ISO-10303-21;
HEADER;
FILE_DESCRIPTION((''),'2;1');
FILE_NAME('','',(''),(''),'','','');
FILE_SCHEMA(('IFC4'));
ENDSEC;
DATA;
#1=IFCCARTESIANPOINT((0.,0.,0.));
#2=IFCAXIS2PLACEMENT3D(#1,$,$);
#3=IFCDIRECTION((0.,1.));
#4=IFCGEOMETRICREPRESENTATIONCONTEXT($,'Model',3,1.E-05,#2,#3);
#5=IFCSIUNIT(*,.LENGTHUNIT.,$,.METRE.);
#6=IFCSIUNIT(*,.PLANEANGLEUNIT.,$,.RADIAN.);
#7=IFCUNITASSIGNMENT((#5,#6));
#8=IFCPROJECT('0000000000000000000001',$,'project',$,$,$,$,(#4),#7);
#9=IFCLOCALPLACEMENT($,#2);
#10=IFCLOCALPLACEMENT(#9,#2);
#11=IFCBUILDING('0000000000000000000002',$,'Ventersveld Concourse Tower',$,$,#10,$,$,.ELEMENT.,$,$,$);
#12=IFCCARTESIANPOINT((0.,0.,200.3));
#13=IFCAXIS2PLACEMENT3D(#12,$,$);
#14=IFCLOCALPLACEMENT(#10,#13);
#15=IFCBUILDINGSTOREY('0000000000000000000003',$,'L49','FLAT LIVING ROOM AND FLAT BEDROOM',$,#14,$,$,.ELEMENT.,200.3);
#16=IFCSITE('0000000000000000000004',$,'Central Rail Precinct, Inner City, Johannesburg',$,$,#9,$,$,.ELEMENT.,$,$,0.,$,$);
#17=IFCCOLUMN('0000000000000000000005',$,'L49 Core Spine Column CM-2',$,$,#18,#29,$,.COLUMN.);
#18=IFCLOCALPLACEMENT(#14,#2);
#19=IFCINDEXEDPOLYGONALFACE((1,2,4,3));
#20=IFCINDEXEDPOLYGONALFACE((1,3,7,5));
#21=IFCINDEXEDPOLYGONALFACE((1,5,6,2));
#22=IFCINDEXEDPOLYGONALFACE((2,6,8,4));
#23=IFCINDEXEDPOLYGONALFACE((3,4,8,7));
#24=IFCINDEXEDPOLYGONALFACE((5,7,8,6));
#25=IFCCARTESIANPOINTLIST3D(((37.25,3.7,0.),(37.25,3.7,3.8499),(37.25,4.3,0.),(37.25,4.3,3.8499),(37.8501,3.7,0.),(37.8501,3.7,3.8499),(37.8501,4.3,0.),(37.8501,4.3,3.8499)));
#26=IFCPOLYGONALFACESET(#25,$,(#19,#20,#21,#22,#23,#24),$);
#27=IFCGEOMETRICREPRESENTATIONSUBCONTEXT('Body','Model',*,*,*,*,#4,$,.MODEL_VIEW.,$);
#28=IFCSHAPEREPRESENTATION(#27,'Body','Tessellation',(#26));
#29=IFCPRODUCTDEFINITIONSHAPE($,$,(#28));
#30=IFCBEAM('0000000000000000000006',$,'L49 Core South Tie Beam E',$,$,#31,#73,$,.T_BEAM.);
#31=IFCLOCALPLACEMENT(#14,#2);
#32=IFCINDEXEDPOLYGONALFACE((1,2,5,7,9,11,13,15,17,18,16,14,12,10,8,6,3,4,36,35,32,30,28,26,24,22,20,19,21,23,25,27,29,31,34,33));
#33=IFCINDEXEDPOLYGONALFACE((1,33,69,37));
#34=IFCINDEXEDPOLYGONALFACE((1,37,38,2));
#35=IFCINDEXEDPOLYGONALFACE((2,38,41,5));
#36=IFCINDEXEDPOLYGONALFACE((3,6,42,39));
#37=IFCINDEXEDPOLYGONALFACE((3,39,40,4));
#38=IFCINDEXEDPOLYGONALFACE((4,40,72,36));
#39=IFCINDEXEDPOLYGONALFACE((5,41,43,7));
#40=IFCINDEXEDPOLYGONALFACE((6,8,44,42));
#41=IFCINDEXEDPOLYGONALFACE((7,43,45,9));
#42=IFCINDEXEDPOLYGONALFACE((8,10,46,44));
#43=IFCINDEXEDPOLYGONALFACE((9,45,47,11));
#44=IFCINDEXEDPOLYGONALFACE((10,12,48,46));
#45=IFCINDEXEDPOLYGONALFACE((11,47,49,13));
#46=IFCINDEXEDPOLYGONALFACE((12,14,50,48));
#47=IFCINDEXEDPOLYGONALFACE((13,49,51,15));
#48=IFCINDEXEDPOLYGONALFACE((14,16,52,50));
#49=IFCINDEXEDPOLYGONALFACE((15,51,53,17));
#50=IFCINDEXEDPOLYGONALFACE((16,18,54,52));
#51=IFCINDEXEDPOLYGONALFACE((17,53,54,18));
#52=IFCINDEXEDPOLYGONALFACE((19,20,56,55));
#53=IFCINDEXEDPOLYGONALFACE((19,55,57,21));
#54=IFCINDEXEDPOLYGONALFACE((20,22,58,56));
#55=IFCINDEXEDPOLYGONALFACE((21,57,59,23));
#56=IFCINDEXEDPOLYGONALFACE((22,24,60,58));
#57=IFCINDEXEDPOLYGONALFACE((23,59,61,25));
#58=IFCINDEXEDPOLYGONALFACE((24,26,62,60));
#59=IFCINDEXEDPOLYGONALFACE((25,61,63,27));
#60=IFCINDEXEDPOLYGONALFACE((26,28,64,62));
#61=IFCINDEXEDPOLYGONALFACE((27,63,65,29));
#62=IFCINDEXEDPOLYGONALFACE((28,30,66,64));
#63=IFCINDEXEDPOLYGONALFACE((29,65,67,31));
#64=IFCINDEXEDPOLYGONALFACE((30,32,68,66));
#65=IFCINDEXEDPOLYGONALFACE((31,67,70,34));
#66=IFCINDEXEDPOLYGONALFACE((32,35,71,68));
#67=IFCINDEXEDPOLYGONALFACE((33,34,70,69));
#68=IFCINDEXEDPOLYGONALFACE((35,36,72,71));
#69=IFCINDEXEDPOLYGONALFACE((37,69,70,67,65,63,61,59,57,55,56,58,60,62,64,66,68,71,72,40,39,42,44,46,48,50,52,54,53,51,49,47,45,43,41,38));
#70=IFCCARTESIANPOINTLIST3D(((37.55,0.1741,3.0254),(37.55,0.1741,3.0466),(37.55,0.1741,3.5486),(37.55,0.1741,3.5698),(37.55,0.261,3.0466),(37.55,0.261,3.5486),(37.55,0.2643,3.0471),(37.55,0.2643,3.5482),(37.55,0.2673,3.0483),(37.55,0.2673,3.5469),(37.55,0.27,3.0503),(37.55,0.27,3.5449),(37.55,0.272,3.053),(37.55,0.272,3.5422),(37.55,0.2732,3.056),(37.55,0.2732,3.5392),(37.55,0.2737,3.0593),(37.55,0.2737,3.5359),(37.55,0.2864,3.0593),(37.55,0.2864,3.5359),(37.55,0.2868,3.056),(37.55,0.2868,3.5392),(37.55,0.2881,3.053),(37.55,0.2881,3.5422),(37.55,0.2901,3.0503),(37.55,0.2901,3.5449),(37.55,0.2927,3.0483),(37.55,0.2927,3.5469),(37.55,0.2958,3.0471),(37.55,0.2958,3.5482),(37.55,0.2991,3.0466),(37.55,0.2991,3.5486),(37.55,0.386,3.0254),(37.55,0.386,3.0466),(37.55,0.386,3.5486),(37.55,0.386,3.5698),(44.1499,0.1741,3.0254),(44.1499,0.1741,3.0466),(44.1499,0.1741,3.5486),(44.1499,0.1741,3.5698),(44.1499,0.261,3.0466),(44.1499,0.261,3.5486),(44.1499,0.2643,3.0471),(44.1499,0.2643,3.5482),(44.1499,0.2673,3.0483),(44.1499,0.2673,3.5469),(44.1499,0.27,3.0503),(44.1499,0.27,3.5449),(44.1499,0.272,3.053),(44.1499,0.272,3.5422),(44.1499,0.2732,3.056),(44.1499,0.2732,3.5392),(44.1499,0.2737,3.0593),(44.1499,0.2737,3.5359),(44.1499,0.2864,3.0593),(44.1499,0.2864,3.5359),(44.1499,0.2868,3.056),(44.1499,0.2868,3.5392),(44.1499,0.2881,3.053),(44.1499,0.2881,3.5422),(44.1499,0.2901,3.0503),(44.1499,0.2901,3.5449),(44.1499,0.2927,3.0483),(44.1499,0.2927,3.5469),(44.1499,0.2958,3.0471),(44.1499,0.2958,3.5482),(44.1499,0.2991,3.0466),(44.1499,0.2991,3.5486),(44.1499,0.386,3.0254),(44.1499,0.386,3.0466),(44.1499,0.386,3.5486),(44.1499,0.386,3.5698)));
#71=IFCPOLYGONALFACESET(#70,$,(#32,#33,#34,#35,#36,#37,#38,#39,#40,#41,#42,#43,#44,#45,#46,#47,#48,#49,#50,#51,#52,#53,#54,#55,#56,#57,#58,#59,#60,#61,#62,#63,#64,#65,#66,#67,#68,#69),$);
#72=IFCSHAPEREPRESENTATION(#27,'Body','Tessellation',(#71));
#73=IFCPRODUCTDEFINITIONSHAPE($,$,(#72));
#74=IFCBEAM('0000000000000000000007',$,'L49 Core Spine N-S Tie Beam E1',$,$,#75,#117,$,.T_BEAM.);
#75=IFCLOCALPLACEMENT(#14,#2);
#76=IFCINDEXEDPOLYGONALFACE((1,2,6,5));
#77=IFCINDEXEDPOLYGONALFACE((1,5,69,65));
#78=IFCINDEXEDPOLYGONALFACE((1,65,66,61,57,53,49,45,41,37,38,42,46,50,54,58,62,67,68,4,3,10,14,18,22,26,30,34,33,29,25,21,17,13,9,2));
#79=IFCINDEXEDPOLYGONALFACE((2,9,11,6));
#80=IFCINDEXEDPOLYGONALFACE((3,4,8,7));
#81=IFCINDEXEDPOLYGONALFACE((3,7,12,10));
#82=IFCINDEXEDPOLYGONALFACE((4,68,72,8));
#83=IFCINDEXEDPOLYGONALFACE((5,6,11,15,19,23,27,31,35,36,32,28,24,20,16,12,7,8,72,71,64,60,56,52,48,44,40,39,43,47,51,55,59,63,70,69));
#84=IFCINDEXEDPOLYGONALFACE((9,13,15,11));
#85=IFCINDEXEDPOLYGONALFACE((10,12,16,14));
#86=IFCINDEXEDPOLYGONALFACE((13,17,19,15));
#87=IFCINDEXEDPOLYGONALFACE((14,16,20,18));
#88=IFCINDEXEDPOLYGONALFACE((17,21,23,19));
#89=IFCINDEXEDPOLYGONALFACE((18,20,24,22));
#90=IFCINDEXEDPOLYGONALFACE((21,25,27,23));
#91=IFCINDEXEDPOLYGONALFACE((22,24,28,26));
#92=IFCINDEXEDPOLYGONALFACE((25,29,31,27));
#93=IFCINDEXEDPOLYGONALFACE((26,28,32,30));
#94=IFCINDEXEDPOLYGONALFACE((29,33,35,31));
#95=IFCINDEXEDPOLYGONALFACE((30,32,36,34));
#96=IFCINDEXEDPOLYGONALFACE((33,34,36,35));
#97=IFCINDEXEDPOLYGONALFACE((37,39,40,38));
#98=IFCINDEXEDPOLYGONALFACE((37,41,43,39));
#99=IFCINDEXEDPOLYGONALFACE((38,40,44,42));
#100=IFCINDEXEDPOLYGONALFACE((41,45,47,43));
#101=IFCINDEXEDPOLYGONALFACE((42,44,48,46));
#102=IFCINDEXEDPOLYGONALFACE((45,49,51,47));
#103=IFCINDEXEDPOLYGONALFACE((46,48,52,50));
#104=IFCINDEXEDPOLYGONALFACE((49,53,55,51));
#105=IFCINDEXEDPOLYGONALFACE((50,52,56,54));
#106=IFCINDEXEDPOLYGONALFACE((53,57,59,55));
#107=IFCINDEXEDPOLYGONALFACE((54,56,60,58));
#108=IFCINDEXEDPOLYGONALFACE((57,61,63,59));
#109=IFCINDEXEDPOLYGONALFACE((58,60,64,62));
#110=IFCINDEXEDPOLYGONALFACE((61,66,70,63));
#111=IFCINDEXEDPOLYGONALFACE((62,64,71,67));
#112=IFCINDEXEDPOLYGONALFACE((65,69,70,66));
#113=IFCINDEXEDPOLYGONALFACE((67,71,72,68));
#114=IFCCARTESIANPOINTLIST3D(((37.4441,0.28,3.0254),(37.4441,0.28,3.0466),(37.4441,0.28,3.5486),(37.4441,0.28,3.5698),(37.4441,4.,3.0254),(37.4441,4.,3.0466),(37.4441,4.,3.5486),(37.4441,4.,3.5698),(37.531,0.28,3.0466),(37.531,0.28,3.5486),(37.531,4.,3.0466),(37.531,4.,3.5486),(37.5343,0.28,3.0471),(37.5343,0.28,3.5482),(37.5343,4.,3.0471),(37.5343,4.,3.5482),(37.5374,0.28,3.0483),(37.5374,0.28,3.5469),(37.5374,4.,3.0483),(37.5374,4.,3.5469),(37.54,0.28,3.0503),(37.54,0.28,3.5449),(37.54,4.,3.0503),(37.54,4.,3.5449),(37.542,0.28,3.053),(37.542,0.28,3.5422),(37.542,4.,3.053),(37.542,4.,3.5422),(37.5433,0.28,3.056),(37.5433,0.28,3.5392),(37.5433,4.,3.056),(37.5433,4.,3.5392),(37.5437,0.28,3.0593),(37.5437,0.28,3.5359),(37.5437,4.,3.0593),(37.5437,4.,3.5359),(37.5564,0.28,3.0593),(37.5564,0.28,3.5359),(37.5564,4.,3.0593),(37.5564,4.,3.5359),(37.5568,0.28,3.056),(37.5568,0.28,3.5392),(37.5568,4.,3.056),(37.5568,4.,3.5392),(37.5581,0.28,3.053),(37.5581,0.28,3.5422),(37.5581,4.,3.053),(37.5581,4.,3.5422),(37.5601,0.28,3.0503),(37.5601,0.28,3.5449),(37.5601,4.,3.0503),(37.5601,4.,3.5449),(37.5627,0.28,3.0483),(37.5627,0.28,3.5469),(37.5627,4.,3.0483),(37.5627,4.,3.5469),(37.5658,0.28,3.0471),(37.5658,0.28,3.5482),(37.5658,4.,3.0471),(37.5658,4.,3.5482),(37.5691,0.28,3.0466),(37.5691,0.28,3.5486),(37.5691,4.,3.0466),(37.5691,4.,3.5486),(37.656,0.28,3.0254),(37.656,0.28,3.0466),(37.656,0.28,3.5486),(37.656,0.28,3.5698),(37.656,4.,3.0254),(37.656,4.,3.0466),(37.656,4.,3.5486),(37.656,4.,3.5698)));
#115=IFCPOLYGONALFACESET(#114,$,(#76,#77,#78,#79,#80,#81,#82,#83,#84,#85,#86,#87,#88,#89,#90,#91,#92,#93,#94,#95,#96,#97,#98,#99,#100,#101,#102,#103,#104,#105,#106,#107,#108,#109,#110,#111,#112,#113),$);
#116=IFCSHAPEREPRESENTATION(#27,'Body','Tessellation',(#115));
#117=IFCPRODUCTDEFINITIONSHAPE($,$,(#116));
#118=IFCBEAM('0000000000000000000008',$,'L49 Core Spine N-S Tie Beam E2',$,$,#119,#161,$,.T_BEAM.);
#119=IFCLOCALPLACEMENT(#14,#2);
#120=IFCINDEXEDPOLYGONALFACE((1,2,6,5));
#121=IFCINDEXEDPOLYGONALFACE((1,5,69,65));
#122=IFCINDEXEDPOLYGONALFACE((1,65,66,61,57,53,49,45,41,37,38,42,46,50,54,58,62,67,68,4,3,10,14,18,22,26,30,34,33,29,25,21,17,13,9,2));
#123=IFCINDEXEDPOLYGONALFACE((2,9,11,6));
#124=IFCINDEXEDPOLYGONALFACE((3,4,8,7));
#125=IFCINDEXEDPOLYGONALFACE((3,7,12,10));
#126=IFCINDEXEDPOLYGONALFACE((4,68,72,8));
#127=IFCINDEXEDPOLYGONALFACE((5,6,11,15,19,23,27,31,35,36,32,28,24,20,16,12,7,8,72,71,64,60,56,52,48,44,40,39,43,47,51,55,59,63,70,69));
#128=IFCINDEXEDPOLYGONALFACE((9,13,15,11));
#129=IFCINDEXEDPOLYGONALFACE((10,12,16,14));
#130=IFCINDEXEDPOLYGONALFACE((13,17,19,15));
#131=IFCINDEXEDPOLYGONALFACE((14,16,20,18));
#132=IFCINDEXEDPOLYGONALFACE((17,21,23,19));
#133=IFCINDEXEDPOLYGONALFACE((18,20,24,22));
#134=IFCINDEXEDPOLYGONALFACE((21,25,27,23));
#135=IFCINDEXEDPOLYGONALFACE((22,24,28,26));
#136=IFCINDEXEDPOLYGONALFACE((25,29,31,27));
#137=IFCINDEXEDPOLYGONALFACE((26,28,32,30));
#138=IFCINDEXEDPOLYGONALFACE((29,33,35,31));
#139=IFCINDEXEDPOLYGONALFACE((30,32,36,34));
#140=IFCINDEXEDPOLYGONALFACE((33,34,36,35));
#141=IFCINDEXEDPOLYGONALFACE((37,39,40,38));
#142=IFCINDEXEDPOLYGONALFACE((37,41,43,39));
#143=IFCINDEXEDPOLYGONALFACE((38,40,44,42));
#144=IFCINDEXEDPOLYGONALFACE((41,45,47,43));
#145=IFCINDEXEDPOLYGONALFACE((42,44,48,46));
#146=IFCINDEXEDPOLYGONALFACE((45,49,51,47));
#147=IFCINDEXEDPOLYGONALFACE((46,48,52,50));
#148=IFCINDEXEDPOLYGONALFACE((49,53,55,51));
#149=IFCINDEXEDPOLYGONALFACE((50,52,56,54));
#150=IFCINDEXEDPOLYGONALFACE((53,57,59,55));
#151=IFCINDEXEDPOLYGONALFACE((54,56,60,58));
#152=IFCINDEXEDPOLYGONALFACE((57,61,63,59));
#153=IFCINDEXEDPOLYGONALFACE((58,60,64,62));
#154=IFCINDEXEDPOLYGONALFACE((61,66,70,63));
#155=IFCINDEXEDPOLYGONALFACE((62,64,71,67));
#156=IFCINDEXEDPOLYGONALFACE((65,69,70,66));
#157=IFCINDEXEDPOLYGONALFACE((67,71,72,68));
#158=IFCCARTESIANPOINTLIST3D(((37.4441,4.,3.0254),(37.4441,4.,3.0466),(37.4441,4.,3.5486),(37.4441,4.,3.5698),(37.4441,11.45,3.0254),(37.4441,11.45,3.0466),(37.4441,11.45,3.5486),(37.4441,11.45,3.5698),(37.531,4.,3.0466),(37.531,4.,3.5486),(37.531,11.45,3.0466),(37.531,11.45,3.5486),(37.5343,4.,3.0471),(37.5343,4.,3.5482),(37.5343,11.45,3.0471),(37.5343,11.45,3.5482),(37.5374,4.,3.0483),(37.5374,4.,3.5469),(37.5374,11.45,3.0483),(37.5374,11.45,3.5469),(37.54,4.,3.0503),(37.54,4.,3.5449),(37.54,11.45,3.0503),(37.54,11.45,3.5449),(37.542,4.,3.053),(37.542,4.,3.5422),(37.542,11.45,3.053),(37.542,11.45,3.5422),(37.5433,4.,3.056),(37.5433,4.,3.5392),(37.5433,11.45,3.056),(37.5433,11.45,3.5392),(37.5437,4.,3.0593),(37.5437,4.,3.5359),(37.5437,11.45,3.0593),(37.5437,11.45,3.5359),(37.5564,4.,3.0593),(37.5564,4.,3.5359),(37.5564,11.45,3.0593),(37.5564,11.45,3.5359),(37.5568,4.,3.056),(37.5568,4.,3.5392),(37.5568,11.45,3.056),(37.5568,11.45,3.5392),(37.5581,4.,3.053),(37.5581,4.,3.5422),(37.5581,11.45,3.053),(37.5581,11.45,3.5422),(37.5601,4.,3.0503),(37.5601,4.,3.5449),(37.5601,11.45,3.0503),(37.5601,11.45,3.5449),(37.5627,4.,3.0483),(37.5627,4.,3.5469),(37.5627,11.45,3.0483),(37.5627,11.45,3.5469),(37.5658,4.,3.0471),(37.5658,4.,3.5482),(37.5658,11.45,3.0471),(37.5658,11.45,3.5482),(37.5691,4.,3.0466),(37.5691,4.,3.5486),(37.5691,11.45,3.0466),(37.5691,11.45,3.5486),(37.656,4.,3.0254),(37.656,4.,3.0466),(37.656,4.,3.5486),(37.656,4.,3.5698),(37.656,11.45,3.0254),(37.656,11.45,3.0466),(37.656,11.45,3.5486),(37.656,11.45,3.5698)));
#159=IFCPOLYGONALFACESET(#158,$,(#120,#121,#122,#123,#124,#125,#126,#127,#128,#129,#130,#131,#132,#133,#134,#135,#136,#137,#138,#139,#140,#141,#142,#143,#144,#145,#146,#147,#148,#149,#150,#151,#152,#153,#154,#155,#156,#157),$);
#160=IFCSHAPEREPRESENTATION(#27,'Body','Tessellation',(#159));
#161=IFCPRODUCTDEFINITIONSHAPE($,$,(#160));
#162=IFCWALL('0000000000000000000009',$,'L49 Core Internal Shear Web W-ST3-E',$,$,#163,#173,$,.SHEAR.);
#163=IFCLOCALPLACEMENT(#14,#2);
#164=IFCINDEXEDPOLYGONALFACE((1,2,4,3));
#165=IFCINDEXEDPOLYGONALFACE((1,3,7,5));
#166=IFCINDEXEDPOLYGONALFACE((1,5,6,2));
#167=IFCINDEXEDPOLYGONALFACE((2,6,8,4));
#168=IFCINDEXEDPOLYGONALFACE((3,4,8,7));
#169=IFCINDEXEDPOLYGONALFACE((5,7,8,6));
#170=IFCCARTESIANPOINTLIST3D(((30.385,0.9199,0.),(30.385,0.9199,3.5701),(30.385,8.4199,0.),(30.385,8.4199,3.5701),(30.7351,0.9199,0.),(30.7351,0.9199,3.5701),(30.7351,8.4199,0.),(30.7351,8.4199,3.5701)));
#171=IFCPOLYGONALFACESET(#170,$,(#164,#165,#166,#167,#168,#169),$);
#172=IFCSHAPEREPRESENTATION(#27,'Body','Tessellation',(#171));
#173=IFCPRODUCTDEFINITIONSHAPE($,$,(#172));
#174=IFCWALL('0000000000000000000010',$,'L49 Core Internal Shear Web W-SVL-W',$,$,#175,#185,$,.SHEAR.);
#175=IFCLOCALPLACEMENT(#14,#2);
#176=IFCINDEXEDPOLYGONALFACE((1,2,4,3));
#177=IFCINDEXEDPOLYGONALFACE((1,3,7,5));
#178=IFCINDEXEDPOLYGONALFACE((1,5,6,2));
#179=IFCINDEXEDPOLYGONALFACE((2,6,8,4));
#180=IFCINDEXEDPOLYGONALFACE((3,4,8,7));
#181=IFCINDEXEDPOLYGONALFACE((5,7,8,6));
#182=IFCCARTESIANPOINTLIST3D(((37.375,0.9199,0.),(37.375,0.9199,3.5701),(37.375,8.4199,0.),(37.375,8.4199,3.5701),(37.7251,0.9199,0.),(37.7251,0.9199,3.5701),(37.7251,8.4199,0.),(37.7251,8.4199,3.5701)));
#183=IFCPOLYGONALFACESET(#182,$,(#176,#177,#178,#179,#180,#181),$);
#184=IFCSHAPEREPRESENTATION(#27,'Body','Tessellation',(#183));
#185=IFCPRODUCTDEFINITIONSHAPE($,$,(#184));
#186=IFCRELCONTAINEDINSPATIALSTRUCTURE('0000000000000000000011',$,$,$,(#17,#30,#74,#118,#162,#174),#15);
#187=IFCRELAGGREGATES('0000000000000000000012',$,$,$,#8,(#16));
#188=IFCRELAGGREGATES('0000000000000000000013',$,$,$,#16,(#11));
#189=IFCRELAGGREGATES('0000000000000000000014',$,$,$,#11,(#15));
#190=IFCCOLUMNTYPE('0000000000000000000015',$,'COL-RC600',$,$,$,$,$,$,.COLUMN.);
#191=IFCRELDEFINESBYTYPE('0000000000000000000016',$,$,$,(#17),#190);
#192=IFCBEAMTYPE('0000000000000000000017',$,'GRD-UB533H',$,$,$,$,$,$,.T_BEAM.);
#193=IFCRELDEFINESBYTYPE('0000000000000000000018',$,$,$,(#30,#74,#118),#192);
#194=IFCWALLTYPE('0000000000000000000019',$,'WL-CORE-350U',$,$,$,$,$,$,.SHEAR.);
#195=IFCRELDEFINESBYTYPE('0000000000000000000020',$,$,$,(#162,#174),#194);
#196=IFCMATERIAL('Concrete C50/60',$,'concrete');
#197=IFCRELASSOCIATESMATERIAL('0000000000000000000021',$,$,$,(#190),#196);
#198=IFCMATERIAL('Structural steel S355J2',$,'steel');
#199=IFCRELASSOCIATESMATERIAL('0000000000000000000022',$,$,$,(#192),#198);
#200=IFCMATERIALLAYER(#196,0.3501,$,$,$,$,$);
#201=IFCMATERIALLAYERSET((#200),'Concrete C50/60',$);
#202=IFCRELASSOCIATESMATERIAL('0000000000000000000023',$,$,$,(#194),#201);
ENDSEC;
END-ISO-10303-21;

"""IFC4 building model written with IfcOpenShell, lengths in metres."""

from ifc_helpers import new_model, si_unit, direction, frame, frame_2d, origin, origin_2d, place, context, subcontext, project, spatial, rectangle, i_section, extrude, material, layer, layer_set, material_profile, profile_set, type_object, element, save


model = new_model("IFC4")

# Units and contexts
model_context = context("Model", 3, precision=1e-05, world=origin(), true_north=direction((0.0, 1.0)))
body_context = subcontext(model_context, "Body", "Model", "MODEL_VIEW")
ifc_project = project(units=[si_unit("LENGTHUNIT", "METRE"), si_unit("PLANEANGLEUNIT", "RADIAN")], contexts=[model_context])

# Site, building, storey
site_placement = place(None, origin())
site = spatial("IfcSite", under=ifc_project, at=site_placement, Name="Central Rail Precinct, Inner City, Johannesburg", CompositionType="ELEMENT", RefElevation=0.0)
building_placement = place(site_placement, origin())
building = spatial("IfcBuilding", under=site, at=building_placement, Name="Ventersveld Concourse Tower", CompositionType="ELEMENT")
storey_placement = place(building_placement, frame((0.0, 0.0, 200.3)))
storey = spatial("IfcBuildingStorey", under=building, at=storey_placement, Name="L49", Description="FLAT LIVING ROOM AND FLAT BEDROOM", CompositionType="ELEMENT", Elevation=200.3)

# Column
ifc_material_1 = material(Name="Concrete C50/60", Category="concrete")
ifc_material_profile_1 = material_profile(ifc_material_1, rectangle(XDim=0.6001, YDim=0.6001, at=origin_2d()), Name="RC 600x600")
ifc_profile_set_1 = profile_set([ifc_material_profile_1], Name="Concrete C50/60")
column_type = type_object("IfcColumnType", Name="COL-RC600", PredefinedType="COLUMN", material=ifc_profile_set_1)
column_placement = place(storey_placement, frame((37.55, 4.0, 0.0), z_axis=(0.0, 0.0, 1.0), x_axis=(1.0, 0.0, 0.0)))
element("IfcColumn", 1, at=column_placement, inside=storey, type_object=column_type, Name="L49 Core Spine Column CM-2", PredefinedType="COLUMN", context=body_context, shape_type="SweptSolid", body=[
    extrude(rectangle(XDim=0.6001, YDim=0.6001, at=origin_2d()), origin(), (0.0, 0.0, 1.0), 3.8499),
])

# Beams
ifc_material_2 = material(Name="Structural steel S355J2", Category="steel")
ifc_material_profile_2 = material_profile(ifc_material_2, i_section(OverallWidth=0.2119, OverallDepth=0.5444, WebThickness=0.0127, FlangeThickness=0.0212, FilletRadius=0.0127, at=origin_2d()), Name="UB 533x210x122")
ifc_profile_set_2 = profile_set([ifc_material_profile_2], Name="Structural steel S355J2")
beam_type = type_object("IfcBeamType", Name="GRD-UB533H", PredefinedType="T_BEAM", material=ifc_profile_set_2)
beam_1_placement = place(storey_placement, frame((37.55, 0.28, 3.2976), z_axis=(1.0, 0.0, 0.0), x_axis=(0.0, 1.0, 0.0)))
element("IfcBeam", 2, at=beam_1_placement, inside=storey, type_object=beam_type, Name="L49 Core South Tie Beam E", PredefinedType="T_BEAM", context=body_context, shape_type="SweptSolid", body=[
    extrude(i_section(OverallWidth=0.2119, OverallDepth=0.5444, WebThickness=0.0127, FlangeThickness=0.0212, FilletRadius=0.0127, at=origin_2d()), origin(), (0.0, 0.0, 1.0), 6.5999),
])
beam_2_placement = place(storey_placement, frame((37.55, 0.28, 3.2976), z_axis=(0.0, 1.0, 0.0), x_axis=(-1.0, 0.0, 0.0)))
element("IfcBeam", 3, at=beam_2_placement, inside=storey, type_object=beam_type, Name="L49 Core Spine N-S Tie Beam E1", PredefinedType="T_BEAM", context=body_context, shape_type="SweptSolid", body=[
    extrude(i_section(OverallWidth=0.2119, OverallDepth=0.5444, WebThickness=0.0127, FlangeThickness=0.0212, FilletRadius=0.0127, at=origin_2d()), origin(), (0.0, 0.0, 1.0), 3.72),
])
beam_3_placement = place(storey_placement, frame((37.55, 4.0, 3.2976), z_axis=(0.0, 1.0, 0.0), x_axis=(-1.0, 0.0, 0.0)))
element("IfcBeam", 4, at=beam_3_placement, inside=storey, type_object=beam_type, Name="L49 Core Spine N-S Tie Beam E2", PredefinedType="T_BEAM", context=body_context, shape_type="SweptSolid", body=[
    extrude(i_section(OverallWidth=0.2119, OverallDepth=0.5444, WebThickness=0.0127, FlangeThickness=0.0212, FilletRadius=0.0127, at=origin_2d()), origin(), (0.0, 0.0, 1.0), 7.45),
])

# Walls
ifc_layer_1 = layer(ifc_material_1, 0.3501)
ifc_layer_set_1 = layer_set([ifc_layer_1], Name="Concrete C50/60")
wall_type_1 = type_object("IfcWallType", Name="WL-CORE-350U", PredefinedType="SHEAR", material=ifc_layer_set_1)
for number, where, z_axis, x_axis, name in (
    (5, (30.5601, 0.9199, 0.0), (0.0, 0.0, 1.0), (0.0, 1.0, 0.0), "L49 Core Internal Shear Web W-ST3-E"),
    (6, (37.55, 0.9199, 0.0), (0.0, 0.0, 1.0), (0.0, 1.0, 0.0), "L49 Core Internal Shear Web W-SVL-W"),
):
    element("IfcWall", number, at=place(storey_placement, frame(where, z_axis=z_axis, x_axis=x_axis)), inside=storey, type_object=wall_type_1, Name=name, PredefinedType="SHEAR", context=body_context, shape_type="SweptSolid", body=[
        extrude(rectangle(XDim=7.5, YDim=0.3501, at=frame_2d((3.75, 0.0))), origin(), (0.0, 0.0, 1.0), 3.5701),
    ])

save(model, "model.ifc")
